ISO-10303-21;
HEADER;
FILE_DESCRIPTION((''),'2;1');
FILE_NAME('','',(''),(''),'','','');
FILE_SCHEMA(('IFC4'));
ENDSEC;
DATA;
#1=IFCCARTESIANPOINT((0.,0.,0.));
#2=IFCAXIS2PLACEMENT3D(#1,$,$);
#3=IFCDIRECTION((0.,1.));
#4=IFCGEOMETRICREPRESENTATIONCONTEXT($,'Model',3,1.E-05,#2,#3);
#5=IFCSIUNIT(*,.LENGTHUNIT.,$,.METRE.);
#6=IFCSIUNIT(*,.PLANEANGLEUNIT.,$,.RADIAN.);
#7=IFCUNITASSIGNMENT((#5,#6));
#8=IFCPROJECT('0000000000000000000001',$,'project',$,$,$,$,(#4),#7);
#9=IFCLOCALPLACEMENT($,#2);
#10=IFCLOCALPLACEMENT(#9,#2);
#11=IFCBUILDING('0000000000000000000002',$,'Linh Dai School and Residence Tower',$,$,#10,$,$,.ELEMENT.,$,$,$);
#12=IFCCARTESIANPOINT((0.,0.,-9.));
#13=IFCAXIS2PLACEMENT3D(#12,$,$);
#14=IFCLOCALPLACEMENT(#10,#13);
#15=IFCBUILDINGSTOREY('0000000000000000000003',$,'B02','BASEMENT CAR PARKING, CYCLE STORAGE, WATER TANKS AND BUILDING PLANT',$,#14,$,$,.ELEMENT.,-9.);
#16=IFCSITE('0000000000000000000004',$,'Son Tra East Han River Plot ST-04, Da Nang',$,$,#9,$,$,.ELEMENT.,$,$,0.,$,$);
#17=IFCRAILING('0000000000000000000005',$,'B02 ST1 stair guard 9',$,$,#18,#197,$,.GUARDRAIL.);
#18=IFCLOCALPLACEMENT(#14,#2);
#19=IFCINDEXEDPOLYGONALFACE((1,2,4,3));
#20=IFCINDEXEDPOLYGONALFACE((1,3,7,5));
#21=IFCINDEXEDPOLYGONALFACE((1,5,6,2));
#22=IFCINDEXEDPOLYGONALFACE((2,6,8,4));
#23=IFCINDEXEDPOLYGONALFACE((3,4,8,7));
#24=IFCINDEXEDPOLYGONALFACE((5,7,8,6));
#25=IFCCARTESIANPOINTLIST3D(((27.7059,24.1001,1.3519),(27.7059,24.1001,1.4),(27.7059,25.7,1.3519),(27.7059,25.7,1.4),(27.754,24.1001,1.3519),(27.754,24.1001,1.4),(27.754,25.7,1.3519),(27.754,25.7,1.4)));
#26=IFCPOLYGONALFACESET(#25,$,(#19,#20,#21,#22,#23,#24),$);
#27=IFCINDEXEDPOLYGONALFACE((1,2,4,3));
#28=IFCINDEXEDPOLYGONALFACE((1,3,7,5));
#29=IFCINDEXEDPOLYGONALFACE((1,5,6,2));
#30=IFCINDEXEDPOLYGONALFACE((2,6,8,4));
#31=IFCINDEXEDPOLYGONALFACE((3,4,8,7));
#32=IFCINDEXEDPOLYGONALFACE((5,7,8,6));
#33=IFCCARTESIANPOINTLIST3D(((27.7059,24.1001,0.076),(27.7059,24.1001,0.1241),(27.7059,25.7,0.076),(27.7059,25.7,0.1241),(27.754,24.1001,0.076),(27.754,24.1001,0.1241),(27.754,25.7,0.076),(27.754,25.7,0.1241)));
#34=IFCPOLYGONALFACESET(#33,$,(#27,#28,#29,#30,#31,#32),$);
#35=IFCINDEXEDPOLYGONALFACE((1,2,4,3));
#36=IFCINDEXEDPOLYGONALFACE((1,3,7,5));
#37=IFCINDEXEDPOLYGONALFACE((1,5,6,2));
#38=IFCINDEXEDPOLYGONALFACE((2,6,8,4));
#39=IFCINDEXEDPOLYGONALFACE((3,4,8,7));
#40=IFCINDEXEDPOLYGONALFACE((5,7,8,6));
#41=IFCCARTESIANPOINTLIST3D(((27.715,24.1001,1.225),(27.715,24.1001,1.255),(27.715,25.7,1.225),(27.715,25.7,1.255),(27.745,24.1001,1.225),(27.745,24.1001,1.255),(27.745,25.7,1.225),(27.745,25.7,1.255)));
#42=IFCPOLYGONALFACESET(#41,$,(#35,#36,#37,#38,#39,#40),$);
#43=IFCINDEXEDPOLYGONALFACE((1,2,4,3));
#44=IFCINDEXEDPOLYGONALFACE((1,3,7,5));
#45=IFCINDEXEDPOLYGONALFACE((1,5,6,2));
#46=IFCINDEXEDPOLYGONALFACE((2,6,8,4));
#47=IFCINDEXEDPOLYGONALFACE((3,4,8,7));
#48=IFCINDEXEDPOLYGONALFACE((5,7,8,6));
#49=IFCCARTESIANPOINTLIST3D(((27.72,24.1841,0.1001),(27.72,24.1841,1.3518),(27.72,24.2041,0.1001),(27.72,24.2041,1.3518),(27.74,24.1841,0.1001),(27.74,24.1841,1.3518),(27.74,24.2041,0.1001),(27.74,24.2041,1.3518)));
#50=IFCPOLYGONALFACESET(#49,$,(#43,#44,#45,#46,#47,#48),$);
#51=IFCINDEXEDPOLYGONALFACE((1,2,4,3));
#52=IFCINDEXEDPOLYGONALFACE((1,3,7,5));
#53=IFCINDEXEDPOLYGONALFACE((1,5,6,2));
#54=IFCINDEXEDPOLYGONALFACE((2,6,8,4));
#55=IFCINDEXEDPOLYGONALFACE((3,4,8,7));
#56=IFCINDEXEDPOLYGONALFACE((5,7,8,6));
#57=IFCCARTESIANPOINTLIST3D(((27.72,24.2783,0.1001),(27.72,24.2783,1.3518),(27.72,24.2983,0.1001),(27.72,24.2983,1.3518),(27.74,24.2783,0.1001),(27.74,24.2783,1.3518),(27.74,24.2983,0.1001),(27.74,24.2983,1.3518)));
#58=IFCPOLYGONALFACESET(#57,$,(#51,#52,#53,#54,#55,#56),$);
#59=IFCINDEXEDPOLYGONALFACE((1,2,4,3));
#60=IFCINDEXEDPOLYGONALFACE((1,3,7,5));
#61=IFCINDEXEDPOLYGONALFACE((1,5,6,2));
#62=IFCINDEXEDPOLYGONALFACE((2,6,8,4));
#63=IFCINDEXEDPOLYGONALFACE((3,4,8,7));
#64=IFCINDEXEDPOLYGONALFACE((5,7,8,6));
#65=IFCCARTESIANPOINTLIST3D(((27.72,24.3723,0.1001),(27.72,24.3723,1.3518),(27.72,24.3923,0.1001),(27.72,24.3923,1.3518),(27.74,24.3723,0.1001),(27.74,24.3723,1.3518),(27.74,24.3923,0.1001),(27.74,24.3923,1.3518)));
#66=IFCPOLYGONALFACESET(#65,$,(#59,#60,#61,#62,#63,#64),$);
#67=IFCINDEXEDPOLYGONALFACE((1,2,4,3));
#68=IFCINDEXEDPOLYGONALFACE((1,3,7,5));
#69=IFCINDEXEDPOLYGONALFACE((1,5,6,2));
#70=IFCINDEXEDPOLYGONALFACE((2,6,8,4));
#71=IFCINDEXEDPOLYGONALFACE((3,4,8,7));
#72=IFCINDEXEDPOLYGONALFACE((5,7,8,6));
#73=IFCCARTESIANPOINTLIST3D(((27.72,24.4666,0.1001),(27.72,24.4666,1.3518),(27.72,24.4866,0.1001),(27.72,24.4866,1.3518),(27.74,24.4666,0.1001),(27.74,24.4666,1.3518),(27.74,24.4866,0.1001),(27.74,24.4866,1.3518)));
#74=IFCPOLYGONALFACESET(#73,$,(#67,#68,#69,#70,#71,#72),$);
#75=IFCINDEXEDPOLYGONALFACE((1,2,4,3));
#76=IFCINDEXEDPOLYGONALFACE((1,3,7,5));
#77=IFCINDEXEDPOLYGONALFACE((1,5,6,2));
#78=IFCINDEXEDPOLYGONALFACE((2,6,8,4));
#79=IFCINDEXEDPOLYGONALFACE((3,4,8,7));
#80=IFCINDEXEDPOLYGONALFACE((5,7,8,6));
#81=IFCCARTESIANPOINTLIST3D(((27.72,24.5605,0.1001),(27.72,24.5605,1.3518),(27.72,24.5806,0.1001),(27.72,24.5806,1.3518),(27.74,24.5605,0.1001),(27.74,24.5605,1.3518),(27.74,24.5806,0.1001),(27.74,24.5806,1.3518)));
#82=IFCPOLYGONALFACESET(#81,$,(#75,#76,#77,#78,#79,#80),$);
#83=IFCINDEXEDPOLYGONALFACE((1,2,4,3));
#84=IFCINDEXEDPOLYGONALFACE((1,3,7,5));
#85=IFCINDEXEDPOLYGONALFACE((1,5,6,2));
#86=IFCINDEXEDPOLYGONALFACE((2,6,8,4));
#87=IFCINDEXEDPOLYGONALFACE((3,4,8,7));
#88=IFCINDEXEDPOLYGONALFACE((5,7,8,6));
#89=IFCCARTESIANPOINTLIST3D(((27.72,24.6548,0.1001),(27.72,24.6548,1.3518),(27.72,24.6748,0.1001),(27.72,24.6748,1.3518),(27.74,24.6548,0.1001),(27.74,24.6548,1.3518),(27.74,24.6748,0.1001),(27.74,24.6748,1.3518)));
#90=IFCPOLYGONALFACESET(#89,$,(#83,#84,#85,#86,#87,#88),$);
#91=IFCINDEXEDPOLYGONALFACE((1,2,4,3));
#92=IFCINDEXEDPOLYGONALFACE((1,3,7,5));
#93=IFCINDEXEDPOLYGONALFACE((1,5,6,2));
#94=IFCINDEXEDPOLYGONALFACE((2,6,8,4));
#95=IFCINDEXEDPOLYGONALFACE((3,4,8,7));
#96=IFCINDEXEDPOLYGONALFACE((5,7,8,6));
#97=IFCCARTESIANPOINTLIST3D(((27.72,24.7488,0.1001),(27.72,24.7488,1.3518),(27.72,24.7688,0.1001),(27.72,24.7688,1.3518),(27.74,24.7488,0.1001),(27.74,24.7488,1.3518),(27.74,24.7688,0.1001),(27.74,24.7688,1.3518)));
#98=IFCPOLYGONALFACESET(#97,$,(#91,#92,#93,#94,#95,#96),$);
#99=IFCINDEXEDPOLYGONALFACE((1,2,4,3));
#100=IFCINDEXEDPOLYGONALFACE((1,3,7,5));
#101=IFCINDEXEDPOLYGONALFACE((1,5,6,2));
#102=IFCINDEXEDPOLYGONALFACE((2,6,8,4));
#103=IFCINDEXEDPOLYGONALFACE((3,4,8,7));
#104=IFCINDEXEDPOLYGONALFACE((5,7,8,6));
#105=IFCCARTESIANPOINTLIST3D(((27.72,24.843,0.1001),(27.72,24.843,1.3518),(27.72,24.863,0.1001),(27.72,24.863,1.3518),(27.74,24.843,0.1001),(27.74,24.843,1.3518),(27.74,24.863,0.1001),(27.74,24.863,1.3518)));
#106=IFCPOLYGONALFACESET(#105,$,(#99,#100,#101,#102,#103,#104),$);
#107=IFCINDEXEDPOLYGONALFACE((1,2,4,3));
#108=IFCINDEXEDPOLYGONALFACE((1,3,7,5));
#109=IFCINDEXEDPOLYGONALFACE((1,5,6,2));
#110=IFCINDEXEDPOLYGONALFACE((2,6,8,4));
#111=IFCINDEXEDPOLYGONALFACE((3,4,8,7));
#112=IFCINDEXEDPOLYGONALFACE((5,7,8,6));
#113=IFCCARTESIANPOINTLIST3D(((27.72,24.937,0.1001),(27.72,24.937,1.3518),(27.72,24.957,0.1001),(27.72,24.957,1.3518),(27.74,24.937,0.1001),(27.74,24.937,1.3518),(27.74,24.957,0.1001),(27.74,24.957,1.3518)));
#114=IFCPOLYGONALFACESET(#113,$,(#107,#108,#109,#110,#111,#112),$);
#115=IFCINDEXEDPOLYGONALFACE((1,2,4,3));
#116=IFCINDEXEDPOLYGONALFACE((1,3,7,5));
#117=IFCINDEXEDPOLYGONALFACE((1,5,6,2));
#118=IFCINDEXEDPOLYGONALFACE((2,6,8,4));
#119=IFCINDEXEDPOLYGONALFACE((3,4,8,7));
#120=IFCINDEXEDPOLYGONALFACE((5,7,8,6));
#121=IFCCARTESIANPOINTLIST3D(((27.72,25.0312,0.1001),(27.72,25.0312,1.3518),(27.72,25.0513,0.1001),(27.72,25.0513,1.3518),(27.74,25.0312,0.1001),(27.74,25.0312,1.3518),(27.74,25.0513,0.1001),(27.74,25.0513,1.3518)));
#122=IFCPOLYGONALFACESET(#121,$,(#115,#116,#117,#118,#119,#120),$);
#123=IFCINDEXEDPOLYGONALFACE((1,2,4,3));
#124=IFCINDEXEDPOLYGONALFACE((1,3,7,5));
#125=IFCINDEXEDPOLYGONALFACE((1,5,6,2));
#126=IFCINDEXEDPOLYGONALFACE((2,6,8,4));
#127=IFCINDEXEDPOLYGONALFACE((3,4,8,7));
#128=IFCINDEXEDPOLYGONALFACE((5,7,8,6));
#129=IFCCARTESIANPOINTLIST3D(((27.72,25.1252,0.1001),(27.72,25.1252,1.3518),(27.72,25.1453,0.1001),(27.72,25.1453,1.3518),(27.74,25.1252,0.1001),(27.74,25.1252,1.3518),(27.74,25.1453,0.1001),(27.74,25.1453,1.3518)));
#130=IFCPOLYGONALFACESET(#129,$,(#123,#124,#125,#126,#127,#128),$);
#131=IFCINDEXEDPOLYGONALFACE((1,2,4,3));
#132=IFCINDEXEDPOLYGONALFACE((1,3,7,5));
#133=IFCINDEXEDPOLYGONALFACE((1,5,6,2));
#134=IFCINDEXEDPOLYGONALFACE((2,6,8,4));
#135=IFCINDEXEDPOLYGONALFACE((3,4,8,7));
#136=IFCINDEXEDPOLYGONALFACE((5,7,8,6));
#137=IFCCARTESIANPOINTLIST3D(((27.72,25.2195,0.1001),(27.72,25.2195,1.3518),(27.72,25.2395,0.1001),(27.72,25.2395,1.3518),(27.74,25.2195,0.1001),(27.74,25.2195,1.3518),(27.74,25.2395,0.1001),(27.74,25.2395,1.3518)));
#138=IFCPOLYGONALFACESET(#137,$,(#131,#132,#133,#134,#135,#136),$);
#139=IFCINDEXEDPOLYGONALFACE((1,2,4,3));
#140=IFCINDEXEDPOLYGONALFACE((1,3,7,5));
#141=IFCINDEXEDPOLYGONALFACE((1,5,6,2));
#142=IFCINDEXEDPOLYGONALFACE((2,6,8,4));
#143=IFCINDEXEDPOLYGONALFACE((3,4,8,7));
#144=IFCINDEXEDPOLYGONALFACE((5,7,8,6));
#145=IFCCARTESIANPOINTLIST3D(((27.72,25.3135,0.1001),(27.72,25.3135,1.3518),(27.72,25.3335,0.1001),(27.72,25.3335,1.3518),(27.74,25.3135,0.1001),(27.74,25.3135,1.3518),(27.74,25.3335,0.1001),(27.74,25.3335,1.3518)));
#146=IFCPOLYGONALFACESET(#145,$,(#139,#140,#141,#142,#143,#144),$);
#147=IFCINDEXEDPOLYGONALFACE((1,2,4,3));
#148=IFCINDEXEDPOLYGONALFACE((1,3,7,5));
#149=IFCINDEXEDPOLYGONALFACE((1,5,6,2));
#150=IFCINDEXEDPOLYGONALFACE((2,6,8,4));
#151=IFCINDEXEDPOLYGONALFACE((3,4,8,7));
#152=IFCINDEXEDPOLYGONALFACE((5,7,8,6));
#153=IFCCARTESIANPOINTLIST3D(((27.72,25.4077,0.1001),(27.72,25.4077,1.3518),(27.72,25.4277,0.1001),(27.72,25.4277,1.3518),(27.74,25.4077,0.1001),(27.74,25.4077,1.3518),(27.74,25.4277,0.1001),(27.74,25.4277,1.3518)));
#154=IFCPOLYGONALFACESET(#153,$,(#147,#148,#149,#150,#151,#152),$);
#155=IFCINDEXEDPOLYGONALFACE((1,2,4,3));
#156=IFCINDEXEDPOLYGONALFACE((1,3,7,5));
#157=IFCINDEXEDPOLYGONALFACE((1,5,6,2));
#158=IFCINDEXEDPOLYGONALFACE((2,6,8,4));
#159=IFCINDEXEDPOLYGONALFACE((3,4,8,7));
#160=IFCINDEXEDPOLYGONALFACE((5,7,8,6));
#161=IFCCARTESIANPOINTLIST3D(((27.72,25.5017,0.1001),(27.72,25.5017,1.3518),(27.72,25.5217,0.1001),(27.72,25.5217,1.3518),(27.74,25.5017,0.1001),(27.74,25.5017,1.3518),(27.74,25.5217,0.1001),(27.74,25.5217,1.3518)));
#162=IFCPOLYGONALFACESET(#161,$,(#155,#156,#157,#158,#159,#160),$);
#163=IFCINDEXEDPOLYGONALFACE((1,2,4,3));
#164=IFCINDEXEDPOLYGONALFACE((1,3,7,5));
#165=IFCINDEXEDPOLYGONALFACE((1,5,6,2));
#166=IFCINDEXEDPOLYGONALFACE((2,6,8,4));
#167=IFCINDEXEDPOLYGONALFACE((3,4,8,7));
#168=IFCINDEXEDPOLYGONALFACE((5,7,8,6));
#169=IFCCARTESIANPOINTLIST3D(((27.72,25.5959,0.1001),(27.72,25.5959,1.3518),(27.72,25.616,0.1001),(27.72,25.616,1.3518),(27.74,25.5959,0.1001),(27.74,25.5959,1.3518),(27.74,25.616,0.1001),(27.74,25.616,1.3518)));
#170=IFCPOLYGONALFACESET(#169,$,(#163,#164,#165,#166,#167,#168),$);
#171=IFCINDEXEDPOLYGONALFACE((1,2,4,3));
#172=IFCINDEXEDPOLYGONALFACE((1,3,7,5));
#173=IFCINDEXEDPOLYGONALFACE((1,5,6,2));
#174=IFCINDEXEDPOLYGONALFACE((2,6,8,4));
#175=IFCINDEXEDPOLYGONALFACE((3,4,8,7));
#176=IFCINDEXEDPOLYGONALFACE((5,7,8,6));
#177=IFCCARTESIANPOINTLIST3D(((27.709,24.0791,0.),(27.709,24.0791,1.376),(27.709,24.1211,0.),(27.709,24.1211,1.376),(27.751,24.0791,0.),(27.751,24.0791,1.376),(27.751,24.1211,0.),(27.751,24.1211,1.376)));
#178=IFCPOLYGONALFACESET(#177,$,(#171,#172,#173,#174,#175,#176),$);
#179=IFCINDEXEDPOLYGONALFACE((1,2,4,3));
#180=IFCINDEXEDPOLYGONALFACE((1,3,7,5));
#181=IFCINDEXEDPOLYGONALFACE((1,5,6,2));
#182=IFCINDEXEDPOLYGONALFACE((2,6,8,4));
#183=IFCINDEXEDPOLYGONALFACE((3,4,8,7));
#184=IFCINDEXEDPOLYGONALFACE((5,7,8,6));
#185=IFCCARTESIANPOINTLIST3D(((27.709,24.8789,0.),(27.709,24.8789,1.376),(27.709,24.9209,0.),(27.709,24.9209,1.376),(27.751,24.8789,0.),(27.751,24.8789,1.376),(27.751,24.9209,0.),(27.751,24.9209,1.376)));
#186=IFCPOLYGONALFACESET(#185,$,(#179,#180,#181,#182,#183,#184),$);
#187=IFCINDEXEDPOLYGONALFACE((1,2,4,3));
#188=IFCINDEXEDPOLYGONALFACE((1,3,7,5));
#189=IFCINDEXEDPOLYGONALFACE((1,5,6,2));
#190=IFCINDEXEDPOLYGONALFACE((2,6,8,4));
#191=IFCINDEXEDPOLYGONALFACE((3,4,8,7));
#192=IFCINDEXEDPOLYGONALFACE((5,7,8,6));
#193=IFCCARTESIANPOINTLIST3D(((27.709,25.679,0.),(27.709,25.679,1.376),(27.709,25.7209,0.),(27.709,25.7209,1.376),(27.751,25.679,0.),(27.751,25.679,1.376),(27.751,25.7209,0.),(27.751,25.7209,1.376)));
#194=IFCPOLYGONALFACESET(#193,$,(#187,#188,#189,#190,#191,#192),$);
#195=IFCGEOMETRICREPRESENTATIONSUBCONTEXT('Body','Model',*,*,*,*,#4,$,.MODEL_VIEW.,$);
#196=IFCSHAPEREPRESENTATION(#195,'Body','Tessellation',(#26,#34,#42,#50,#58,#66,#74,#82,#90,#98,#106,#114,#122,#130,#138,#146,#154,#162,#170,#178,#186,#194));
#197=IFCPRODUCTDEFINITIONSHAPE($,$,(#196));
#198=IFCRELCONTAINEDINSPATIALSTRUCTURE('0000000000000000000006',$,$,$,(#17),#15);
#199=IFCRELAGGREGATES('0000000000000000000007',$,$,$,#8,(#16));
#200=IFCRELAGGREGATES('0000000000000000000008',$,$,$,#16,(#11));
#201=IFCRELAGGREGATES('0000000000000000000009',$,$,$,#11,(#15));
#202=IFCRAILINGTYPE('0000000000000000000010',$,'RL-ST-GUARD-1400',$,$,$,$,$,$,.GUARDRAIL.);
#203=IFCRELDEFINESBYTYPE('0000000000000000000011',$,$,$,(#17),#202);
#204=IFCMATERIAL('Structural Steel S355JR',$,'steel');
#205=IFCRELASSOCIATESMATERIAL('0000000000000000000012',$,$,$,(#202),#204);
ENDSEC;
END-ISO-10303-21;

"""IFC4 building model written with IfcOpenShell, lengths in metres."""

from ifc_helpers import new_model, si_unit, direction, frame, origin, origin_2d, place, context, subcontext, project, spatial, rectangle, extrude, source, transform, mapped, material, type_object, element, save


model = new_model("IFC4")

# Units and contexts
model_context = context("Model", 3, precision=1e-05, world=origin(), true_north=direction((0.0, 1.0)))
body_context = subcontext(model_context, "Body", "Model", "MODEL_VIEW")
ifc_project = project(units=[si_unit("LENGTHUNIT", "METRE"), si_unit("PLANEANGLEUNIT", "RADIAN")], contexts=[model_context])

# Site, building, storey
site_placement = place(None, origin())
site = spatial("IfcSite", under=ifc_project, at=site_placement, Name="Son Tra East Han River Plot ST-04, Da Nang", CompositionType="ELEMENT", RefElevation=0.0)
building_placement = place(site_placement, origin())
building = spatial("IfcBuilding", under=site, at=building_placement, Name="Linh Dai School and Residence Tower", CompositionType="ELEMENT")
storey_placement = place(building_placement, frame((0.0, 0.0, -9.0)))
storey = spatial("IfcBuildingStorey", under=building, at=storey_placement, Name="B02", Description="BASEMENT CAR PARKING, CYCLE STORAGE, WATER TANKS AND BUILDING PLANT", CompositionType="ELEMENT", Elevation=-9.0)

# Shared definitions
ifc_material_1 = material(Name="Structural Steel S355JR", Category="steel")

# Railing
railing_type_1 = type_object("IfcRailingType", Name="RL-ST-GUARD-1400", PredefinedType="GUARDRAIL", material=ifc_material_1)
shared_shape_1 = source(origin(), body_context, "Body", "SweptSolid", [
    extrude(rectangle(XDim=0.0481, YDim=0.0481, at=origin_2d()), frame((0.0, 0.0, 1.376), z_axis=(0.0, 1.0, 0.0), x_axis=(-1.0, 0.0, 0.0)), (0.0, 0.0, 1.0), 1.5999),
    extrude(rectangle(XDim=0.0481, YDim=0.0481, at=origin_2d()), frame((0.0, 0.0, 0.1001), z_axis=(0.0, 1.0, 0.0), x_axis=(-1.0, 0.0, 0.0)), (0.0, 0.0, 1.0), 1.5999),
    extrude(rectangle(XDim=0.03, YDim=0.03, at=origin_2d()), frame((0.0, 0.0, 1.24), z_axis=(0.0, 1.0, 0.0), x_axis=(-1.0, 0.0, 0.0)), (0.0, 0.0, 1.0), 1.5999),
    extrude(rectangle(XDim=0.02, YDim=0.02, at=origin_2d()), frame((0.0, 0.094, 0.1001)), (0.0, 0.0, 1.0), 1.2517),
    extrude(rectangle(XDim=0.02, YDim=0.02, at=origin_2d()), frame((0.0, 0.1882, 0.1001)), (0.0, 0.0, 1.0), 1.2517),
    extrude(rectangle(XDim=0.02, YDim=0.02, at=origin_2d()), frame((0.0, 0.2822, 0.1001)), (0.0, 0.0, 1.0), 1.2517),
    extrude(rectangle(XDim=0.02, YDim=0.02, at=origin_2d()), frame((0.0, 0.3765, 0.1001)), (0.0, 0.0, 1.0), 1.2517),
    extrude(rectangle(XDim=0.02, YDim=0.02, at=origin_2d()), frame((0.0, 0.4705, 0.1001)), (0.0, 0.0, 1.0), 1.2517),
    extrude(rectangle(XDim=0.02, YDim=0.02, at=origin_2d()), frame((0.0, 0.5647, 0.1001)), (0.0, 0.0, 1.0), 1.2517),
    extrude(rectangle(XDim=0.02, YDim=0.02, at=origin_2d()), frame((0.0, 0.6587, 0.1001)), (0.0, 0.0, 1.0), 1.2517),
    extrude(rectangle(XDim=0.02, YDim=0.02, at=origin_2d()), frame((0.0, 0.7529, 0.1001)), (0.0, 0.0, 1.0), 1.2517),
    extrude(rectangle(XDim=0.02, YDim=0.02, at=origin_2d()), frame((0.0, 0.8469, 0.1001)), (0.0, 0.0, 1.0), 1.2517),
    extrude(rectangle(XDim=0.02, YDim=0.02, at=origin_2d()), frame((0.0, 0.9412, 0.1001)), (0.0, 0.0, 1.0), 1.2517),
    extrude(rectangle(XDim=0.02, YDim=0.02, at=origin_2d()), frame((0.0, 1.0352, 0.1001)), (0.0, 0.0, 1.0), 1.2517),
    extrude(rectangle(XDim=0.02, YDim=0.02, at=origin_2d()), frame((0.0, 1.1294, 0.1001)), (0.0, 0.0, 1.0), 1.2517),
    extrude(rectangle(XDim=0.02, YDim=0.02, at=origin_2d()), frame((0.0, 1.2234, 0.1001)), (0.0, 0.0, 1.0), 1.2517),
    extrude(rectangle(XDim=0.02, YDim=0.02, at=origin_2d()), frame((0.0, 1.3176, 0.1001)), (0.0, 0.0, 1.0), 1.2517),
    extrude(rectangle(XDim=0.02, YDim=0.02, at=origin_2d()), frame((0.0, 1.4116, 0.1001)), (0.0, 0.0, 1.0), 1.2517),
    extrude(rectangle(XDim=0.02, YDim=0.02, at=origin_2d()), frame((0.0, 1.5059, 0.1001)), (0.0, 0.0, 1.0), 1.2517),
    extrude(rectangle(XDim=0.042, YDim=0.042, at=origin_2d()), origin(), (0.0, 0.0, 1.0), 1.376),
    extrude(rectangle(XDim=0.042, YDim=0.042, at=origin_2d()), frame((0.0, 0.7998, 0.0)), (0.0, 0.0, 1.0), 1.376),
    extrude(rectangle(XDim=0.042, YDim=0.042, at=origin_2d()), frame((0.0, 1.5999, 0.0)), (0.0, 0.0, 1.0), 1.376),
])
for number, where, name in (
    (1, (27.73, 24.1001, 0.0), "B02 ST1 stair guard 9"),
):
    element("IfcRailing", number, at=place(storey_placement, frame(where)), inside=storey, type_object=railing_type_1, Name=name, PredefinedType="GUARDRAIL", context=body_context, shape_type="MappedRepresentation", body=[
        mapped(shared_shape_1, transform((0.0, 0.0, 0.0), x_axis=(1.0, 0.0, 0.0), y_axis=(0.0, 1.0, 0.0), z_axis=(0.0, 0.0, 1.0), scale=1.0)),
    ])

save(model, "model.ifc")
